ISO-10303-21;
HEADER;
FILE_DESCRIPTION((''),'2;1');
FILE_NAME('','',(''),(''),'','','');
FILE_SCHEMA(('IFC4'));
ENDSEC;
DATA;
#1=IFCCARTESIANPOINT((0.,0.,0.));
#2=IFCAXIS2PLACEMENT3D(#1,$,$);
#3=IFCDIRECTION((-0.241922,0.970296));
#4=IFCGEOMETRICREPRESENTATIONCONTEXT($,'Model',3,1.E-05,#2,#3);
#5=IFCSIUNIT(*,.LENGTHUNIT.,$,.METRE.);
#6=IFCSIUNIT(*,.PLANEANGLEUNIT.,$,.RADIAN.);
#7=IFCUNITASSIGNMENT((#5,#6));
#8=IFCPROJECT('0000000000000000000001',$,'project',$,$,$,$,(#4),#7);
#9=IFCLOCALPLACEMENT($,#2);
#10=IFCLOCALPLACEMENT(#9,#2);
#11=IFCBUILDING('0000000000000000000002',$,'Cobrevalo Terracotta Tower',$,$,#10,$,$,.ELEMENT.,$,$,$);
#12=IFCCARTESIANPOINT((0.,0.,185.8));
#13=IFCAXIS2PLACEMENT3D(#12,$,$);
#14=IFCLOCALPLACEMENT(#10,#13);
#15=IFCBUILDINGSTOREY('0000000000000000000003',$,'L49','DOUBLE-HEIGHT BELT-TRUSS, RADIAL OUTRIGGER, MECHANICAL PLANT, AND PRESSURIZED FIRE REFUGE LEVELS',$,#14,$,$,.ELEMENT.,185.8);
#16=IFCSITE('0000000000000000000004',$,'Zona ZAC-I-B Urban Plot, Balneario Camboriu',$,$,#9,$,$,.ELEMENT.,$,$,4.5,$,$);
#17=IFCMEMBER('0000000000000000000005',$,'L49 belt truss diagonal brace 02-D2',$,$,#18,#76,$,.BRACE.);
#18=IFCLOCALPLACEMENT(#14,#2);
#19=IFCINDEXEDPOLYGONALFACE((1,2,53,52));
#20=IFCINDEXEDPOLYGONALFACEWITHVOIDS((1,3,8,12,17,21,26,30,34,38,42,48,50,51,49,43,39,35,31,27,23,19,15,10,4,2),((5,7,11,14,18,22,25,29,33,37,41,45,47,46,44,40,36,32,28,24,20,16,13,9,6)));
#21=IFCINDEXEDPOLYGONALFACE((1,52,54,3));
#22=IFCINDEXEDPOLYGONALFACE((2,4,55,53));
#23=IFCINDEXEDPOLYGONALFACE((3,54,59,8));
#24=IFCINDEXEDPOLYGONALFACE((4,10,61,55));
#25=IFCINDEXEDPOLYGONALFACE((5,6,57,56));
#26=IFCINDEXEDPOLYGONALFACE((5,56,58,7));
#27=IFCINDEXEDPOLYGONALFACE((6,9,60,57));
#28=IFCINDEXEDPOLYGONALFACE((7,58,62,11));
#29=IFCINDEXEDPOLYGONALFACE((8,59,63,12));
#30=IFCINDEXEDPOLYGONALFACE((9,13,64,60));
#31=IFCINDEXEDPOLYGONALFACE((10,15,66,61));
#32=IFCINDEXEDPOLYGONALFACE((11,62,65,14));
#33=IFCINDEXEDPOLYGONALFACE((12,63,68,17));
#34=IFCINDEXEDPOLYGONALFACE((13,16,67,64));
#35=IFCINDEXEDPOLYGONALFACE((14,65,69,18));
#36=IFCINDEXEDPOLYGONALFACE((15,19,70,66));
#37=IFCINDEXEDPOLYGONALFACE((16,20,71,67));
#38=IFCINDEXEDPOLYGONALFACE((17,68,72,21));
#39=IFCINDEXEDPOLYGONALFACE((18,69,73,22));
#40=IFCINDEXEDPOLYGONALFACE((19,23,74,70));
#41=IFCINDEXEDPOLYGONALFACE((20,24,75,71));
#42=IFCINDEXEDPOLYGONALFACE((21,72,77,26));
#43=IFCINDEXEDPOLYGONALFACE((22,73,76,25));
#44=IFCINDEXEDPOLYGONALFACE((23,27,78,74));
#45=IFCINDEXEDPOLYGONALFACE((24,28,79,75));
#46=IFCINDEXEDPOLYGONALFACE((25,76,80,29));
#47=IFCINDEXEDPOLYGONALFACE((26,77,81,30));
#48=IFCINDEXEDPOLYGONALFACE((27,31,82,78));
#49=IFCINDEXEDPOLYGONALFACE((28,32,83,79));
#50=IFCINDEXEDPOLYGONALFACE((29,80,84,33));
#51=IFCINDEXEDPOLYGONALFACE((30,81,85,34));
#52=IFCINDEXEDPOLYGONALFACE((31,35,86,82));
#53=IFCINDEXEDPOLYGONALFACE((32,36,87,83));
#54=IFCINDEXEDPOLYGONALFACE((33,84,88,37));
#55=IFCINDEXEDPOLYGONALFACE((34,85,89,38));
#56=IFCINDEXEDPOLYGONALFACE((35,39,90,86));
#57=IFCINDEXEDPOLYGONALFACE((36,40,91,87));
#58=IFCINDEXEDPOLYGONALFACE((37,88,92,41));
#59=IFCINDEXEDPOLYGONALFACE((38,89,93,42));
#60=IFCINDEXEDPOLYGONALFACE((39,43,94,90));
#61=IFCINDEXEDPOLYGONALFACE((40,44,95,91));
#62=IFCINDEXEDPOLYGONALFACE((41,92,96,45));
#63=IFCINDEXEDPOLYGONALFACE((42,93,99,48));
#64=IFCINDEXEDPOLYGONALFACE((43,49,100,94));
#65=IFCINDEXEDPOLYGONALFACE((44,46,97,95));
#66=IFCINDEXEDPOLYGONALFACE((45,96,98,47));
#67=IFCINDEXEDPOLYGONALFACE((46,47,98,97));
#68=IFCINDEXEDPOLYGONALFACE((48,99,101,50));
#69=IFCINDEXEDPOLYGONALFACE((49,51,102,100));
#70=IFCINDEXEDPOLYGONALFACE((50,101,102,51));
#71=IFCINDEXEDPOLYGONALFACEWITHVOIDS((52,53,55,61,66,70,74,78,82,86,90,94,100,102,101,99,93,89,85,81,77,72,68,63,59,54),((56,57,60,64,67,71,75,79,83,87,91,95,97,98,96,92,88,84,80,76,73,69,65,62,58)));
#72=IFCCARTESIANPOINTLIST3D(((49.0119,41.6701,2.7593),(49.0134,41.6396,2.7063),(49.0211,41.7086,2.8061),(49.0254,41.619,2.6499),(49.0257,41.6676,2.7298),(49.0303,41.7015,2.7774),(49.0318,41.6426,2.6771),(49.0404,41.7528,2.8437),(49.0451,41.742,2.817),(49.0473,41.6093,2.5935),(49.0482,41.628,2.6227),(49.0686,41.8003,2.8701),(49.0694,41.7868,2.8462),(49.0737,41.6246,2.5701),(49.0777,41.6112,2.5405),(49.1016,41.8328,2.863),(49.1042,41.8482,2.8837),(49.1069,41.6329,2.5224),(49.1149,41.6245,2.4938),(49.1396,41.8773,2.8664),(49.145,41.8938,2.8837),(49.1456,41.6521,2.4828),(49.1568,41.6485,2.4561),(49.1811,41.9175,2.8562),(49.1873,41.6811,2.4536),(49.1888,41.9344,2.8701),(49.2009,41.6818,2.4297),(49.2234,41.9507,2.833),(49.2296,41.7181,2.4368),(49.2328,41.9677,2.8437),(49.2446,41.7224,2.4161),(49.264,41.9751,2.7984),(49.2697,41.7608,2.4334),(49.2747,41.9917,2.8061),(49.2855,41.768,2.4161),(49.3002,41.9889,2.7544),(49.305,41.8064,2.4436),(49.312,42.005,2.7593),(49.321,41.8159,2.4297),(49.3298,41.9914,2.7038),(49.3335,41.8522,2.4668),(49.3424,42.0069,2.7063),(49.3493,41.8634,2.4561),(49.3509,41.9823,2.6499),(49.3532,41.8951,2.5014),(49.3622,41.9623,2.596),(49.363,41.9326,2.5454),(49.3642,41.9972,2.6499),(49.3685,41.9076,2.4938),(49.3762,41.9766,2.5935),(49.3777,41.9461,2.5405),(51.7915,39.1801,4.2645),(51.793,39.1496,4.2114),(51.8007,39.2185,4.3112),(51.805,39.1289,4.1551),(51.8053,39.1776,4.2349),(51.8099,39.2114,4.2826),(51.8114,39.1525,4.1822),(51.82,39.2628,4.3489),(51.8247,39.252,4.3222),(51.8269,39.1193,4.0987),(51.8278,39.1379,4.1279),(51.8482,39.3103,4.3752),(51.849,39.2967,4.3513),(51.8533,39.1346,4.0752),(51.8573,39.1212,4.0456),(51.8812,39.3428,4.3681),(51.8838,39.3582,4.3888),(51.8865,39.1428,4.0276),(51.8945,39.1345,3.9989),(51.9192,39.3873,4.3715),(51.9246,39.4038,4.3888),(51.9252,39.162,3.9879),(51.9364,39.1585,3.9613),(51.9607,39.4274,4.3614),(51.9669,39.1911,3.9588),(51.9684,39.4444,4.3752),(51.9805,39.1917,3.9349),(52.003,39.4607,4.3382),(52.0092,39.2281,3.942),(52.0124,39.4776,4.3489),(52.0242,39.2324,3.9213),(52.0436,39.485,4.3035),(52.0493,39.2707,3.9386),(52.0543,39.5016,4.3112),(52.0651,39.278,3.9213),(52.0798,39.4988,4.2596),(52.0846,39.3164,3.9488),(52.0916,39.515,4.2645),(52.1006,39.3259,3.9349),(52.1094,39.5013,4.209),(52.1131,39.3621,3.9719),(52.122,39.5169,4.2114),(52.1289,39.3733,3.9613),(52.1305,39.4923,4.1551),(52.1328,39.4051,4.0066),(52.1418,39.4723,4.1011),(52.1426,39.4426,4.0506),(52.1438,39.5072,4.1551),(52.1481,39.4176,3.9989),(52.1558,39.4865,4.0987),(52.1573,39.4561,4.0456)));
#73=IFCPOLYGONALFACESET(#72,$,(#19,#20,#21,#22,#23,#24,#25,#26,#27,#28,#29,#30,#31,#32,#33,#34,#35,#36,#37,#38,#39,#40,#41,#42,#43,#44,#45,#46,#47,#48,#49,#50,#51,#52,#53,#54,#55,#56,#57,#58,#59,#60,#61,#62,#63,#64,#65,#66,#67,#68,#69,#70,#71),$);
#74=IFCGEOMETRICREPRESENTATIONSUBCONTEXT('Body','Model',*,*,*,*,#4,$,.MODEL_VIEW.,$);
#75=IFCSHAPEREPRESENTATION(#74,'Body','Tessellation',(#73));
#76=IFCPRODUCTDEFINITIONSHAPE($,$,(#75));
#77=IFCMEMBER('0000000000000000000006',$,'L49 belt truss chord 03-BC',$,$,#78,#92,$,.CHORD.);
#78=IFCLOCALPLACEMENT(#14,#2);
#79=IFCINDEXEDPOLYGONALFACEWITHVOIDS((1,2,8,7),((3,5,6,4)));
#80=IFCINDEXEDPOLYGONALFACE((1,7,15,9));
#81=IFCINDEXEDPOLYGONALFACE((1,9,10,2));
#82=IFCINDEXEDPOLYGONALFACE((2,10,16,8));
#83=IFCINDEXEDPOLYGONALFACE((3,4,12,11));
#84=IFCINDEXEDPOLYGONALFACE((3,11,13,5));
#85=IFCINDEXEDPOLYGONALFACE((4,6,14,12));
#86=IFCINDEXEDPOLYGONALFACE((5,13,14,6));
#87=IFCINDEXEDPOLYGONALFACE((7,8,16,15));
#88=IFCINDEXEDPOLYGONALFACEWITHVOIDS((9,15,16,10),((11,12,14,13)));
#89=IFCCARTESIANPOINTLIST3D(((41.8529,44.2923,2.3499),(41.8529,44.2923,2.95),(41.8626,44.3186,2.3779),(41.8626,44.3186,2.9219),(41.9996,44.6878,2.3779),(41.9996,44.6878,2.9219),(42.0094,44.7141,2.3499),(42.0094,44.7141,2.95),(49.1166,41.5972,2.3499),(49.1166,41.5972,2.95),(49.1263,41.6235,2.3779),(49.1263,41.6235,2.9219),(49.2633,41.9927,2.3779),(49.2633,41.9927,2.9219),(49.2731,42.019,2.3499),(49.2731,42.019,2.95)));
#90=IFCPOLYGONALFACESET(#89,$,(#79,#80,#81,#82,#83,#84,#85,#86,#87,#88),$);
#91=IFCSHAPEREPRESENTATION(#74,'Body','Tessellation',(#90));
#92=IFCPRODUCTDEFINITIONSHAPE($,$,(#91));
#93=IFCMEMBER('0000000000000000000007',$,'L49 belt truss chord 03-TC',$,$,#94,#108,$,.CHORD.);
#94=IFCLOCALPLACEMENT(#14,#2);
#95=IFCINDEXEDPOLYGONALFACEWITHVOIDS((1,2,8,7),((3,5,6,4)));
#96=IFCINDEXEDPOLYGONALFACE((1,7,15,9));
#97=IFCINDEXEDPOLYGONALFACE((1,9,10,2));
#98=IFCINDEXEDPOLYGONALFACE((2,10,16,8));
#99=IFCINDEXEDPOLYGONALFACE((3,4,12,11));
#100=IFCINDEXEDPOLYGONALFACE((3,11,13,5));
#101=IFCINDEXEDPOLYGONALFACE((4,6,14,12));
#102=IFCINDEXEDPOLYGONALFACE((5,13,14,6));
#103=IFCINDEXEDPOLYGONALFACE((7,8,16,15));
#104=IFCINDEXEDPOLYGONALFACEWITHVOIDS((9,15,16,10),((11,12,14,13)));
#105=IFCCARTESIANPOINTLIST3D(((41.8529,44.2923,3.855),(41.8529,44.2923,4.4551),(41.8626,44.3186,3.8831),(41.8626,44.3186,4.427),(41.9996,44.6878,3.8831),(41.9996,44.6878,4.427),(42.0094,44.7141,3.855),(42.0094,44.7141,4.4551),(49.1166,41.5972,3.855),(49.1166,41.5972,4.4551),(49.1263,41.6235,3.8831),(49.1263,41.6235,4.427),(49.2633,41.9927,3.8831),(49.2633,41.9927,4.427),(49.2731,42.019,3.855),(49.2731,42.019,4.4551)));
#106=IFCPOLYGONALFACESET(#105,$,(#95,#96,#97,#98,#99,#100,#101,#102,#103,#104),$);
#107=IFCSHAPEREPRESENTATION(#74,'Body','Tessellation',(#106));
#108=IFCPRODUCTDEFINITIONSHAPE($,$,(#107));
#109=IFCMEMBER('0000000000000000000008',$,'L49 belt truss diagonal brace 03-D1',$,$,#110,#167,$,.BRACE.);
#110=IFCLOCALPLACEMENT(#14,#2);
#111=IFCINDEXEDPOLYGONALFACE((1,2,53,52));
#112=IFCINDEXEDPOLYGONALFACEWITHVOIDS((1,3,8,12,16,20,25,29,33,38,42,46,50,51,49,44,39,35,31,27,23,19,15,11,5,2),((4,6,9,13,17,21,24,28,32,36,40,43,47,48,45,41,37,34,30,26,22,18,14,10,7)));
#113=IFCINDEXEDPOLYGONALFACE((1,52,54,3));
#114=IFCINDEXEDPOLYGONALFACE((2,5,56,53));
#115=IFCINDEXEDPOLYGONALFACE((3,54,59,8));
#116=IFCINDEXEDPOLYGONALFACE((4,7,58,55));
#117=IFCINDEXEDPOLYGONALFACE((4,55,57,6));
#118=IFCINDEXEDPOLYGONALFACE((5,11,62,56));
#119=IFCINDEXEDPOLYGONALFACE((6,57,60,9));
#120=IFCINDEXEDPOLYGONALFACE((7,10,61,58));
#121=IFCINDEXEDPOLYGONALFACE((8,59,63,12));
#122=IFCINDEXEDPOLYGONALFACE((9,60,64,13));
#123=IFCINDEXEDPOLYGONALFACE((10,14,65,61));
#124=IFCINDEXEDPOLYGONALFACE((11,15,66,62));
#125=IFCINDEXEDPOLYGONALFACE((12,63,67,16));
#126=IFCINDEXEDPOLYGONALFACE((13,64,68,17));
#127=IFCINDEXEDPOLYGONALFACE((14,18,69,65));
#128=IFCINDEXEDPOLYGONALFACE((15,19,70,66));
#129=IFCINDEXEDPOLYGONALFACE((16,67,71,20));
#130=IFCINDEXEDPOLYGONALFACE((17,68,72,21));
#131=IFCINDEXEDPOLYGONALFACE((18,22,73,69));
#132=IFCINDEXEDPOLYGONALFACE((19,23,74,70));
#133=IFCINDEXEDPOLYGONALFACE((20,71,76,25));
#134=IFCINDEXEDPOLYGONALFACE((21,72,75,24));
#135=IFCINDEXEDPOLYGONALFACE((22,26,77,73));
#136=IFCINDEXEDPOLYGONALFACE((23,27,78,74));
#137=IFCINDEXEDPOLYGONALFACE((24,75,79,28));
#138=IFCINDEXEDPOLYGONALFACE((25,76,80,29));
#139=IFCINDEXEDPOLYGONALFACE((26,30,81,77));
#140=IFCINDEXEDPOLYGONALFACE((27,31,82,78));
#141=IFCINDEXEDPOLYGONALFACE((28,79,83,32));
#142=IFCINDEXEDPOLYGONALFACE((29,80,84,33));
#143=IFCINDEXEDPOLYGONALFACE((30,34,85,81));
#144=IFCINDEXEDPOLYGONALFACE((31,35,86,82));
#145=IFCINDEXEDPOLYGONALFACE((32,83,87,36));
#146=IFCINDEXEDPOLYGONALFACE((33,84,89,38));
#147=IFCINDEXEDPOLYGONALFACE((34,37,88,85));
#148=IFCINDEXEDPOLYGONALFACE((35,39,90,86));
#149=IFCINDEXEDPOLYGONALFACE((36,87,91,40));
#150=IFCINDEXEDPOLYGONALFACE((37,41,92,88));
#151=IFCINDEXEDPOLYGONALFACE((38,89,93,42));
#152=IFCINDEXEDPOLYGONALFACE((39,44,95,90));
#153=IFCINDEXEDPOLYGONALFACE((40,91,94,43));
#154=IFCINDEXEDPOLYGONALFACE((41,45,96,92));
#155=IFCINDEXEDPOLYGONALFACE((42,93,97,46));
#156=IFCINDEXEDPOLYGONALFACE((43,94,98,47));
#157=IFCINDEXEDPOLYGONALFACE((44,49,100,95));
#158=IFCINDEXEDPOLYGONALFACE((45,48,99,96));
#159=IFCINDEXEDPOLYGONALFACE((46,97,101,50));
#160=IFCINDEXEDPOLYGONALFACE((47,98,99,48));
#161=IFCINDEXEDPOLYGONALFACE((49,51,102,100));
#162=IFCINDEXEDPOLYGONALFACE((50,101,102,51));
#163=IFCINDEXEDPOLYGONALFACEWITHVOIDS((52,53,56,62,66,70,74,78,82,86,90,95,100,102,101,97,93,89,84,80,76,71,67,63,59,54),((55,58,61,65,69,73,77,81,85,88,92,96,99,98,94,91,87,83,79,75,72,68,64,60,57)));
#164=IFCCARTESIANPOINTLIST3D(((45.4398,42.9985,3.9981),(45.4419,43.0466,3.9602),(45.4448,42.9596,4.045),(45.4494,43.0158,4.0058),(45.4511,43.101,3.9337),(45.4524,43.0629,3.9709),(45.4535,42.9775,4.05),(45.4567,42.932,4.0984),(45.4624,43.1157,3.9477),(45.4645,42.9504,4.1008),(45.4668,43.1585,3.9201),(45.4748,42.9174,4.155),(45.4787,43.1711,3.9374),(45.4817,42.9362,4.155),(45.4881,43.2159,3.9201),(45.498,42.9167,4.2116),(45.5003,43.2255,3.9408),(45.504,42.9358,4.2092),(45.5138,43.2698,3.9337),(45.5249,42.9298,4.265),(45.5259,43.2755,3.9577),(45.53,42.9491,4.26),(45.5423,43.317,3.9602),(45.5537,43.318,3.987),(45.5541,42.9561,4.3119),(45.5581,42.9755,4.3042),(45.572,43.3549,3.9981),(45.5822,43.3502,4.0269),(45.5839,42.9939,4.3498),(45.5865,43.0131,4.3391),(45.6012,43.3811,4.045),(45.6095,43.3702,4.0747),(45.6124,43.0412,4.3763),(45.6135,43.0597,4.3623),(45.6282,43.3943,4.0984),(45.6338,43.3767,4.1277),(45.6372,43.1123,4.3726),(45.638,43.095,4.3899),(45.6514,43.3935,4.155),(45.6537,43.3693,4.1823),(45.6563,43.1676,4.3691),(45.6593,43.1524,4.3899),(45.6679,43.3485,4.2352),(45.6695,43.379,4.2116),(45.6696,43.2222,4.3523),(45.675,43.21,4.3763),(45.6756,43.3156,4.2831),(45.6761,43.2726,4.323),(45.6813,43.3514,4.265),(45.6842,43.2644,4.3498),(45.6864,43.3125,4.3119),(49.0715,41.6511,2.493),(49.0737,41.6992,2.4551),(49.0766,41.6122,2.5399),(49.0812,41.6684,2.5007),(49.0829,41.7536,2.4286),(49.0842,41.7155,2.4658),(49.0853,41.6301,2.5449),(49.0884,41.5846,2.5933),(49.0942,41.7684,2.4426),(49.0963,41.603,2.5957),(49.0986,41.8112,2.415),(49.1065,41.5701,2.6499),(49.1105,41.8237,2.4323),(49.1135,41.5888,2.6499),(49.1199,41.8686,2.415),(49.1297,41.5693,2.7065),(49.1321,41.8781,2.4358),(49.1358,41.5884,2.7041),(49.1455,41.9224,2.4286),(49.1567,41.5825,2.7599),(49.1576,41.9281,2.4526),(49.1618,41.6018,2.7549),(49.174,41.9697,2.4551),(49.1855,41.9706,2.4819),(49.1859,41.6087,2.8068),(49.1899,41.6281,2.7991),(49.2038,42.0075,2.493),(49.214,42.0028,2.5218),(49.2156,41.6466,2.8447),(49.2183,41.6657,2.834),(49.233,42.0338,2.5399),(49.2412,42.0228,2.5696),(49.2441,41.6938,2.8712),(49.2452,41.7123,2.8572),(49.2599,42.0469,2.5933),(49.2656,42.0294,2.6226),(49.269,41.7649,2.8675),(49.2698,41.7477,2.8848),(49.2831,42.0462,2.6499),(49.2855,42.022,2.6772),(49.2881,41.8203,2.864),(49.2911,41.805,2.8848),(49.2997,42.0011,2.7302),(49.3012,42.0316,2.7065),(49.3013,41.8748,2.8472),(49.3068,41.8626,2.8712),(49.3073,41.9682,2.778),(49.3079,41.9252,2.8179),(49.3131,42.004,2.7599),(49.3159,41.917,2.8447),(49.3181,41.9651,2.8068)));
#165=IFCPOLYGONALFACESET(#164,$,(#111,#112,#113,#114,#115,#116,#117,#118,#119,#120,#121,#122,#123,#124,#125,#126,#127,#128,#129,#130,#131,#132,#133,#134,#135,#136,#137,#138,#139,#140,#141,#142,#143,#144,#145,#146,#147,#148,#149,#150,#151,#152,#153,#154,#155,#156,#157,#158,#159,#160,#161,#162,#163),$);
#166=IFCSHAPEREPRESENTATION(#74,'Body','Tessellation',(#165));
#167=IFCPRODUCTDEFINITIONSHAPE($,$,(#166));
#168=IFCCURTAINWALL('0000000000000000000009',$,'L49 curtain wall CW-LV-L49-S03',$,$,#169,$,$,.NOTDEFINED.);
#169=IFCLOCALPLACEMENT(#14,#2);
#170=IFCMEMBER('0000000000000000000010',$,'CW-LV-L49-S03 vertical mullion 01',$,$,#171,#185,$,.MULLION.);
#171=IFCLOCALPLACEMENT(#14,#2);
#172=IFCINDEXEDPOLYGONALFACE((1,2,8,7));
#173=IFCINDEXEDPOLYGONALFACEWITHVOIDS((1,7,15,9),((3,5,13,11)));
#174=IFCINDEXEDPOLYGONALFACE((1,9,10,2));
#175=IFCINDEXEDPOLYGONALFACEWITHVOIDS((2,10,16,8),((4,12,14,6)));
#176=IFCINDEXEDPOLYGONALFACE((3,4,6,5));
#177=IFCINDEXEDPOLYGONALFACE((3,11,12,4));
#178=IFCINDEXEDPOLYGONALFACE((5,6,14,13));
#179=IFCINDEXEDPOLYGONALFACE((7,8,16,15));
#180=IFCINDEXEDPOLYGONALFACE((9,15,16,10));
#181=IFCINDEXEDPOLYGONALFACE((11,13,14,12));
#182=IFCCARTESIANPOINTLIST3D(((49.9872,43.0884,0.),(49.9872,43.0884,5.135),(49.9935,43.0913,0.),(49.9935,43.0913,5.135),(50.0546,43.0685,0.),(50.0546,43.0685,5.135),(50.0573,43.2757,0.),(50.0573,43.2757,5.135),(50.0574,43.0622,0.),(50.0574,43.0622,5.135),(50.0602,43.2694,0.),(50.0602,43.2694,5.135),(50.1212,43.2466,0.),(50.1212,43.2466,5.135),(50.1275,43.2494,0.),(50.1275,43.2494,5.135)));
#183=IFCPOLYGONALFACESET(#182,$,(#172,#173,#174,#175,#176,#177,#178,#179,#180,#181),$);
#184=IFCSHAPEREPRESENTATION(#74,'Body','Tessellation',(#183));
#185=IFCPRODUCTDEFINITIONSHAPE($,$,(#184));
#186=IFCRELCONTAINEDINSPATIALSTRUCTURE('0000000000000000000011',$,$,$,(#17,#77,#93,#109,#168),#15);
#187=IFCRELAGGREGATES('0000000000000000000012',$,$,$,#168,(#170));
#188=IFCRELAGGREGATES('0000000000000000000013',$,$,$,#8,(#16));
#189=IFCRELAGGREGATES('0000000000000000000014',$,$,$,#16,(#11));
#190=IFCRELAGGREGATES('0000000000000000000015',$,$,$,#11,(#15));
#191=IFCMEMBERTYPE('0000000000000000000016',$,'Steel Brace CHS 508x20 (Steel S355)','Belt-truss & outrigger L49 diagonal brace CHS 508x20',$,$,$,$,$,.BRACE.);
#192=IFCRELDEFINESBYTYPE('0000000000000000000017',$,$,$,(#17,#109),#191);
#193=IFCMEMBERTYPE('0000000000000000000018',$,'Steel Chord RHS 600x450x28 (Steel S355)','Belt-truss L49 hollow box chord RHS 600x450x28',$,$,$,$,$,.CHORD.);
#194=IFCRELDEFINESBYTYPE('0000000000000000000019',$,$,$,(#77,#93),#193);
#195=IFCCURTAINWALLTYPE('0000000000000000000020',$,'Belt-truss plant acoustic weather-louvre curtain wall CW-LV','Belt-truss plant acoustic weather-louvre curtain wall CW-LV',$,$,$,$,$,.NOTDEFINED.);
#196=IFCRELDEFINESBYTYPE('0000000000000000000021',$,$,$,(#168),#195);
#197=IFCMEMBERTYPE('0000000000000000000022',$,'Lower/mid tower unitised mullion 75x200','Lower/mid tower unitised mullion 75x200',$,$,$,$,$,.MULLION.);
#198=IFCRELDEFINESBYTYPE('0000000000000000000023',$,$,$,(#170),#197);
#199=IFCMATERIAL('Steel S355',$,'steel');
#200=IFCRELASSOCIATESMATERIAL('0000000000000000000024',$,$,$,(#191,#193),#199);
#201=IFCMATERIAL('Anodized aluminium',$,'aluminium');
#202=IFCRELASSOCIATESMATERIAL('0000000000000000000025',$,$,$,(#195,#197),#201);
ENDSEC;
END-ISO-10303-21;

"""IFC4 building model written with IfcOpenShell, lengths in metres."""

from ifc_helpers import new_model, si_unit, direction, frame, origin, origin_2d, place, context, subcontext, project, spatial, hollow_rectangle, hollow_circle, extrude, source, transform, mapped, material, material_profile, profile_set, type_object, element, aggregate, save


model = new_model("IFC4")

# Units and contexts
model_context = context("Model", 3, precision=1e-05, world=origin(), true_north=direction((-0.241922, 0.970296)))
body_context = subcontext(model_context, "Body", "Model", "MODEL_VIEW")
ifc_project = project(units=[si_unit("LENGTHUNIT", "METRE"), si_unit("PLANEANGLEUNIT", "RADIAN")], contexts=[model_context])

# Site, building, storey
site_placement = place(None, origin())
site = spatial("IfcSite", under=ifc_project, at=site_placement, Name="Zona ZAC-I-B Urban Plot, Balneario Camboriu", CompositionType="ELEMENT", RefElevation=4.5)
building_placement = place(site_placement, origin())
building = spatial("IfcBuilding", under=site, at=building_placement, Name="Cobrevalo Terracotta Tower", CompositionType="ELEMENT")
storey_placement = place(building_placement, frame((0.0, 0.0, 185.8)))
storey = spatial("IfcBuildingStorey", under=building, at=storey_placement, Name="L49", Description="DOUBLE-HEIGHT BELT-TRUSS, RADIAL OUTRIGGER, MECHANICAL PLANT, AND PRESSURIZED FIRE REFUGE LEVELS", CompositionType="ELEMENT", Elevation=185.8)

# Shared definitions
ifc_material_1 = material(Name="Steel S355", Category="steel")

# Members
ifc_material_profile_1 = material_profile(ifc_material_1, hollow_circle(Radius=0.2539, WallThickness=0.02, at=origin_2d()), Name="CHS 508x20")
ifc_profile_set_1 = profile_set([ifc_material_profile_1], Name="Steel S355")
member_type_1 = type_object("IfcMemberType", Name="Steel Brace CHS 508x20 (Steel S355)", Description="Belt-truss & outrigger L49 diagonal brace CHS 508x20", PredefinedType="BRACE", material=ifc_profile_set_1)
shared_shape_1 = source(origin(), body_context, "Body", "SweptSolid", [
    extrude(hollow_circle(Radius=0.2539, WallThickness=0.02, at=origin_2d()), origin(), (0.0, 0.0, 1.0), 4.0239),
])
member_1_placement = place(storey_placement, frame((49.1948, 41.8081, 2.6499), z_axis=(0.690768, -0.618809, 0.374052), x_axis=(0.667246, 0.744837, 0.0)))
element("IfcMember", 1, at=member_1_placement, inside=storey, type_object=member_type_1, Name="L49 belt truss diagonal brace 02-D2", PredefinedType="BRACE", context=body_context, shape_type="MappedRepresentation", body=[
    mapped(shared_shape_1, transform((0.0, 0.0, 0.0), scale=1.0)),
])
ifc_material_profile_2 = material_profile(ifc_material_1, hollow_rectangle(XDim=0.45, YDim=0.6001, WallThickness=0.0281, at=origin_2d()), Name="RHS 600x450x28")
ifc_profile_set_2 = profile_set([ifc_material_profile_2], Name="Steel S355")
member_type_2 = type_object("IfcMemberType", Name="Steel Chord RHS 600x450x28 (Steel S355)", Description="Belt-truss L49 hollow box chord RHS 600x450x28", PredefinedType="CHORD", material=ifc_profile_set_2)
shared_shape_2 = source(origin(), body_context, "Body", "SweptSolid", [
    extrude(hollow_rectangle(XDim=0.45, YDim=0.6001, WallThickness=0.0281, at=origin_2d()), origin(), (0.0, 0.0, 1.0), 7.7476),
])
for number, where, z_axis, x_axis, name in (
    (2, (49.1948, 41.8081, 2.6499), (-0.937546, 0.347861, 0.0), (-0.347861, -0.937546, 0.0), "L49 belt truss chord 03-BC"),
    (3, (49.1948, 41.8081, 4.155), (-0.937546, 0.347861, 0.0), (-0.347861, -0.937546, 0.0), "L49 belt truss chord 03-TC"),
):
    element("IfcMember", number, at=place(storey_placement, frame(where, z_axis=z_axis, x_axis=x_axis)), inside=storey, type_object=member_type_2, Name=name, PredefinedType="CHORD", context=body_context, shape_type="MappedRepresentation", body=[
        mapped(shared_shape_2, transform((0.0, 0.0, 0.0), scale=1.0)),
    ])
shared_shape_3 = source(origin(), body_context, "Body", "SweptSolid", [
    extrude(hollow_circle(Radius=0.2539, WallThickness=0.02, at=origin_2d()), origin(), (0.0, 0.0, 1.0), 4.1558),
])
member_2_placement = place(storey_placement, frame((49.1948, 41.8081, 2.6499), z_axis=(-0.873908, 0.32422, 0.36217), x_axis=(-0.347834, -0.937556, 0.0)))
element("IfcMember", 4, at=member_2_placement, inside=storey, type_object=member_type_1, Name="L49 belt truss diagonal brace 03-D1", PredefinedType="BRACE", context=body_context, shape_type="MappedRepresentation", body=[
    mapped(shared_shape_3, transform((0.0, 0.0, 0.0), scale=1.0)),
])

# Curtain wall, member
ifc_material_2 = material(Name="Anodized aluminium", Category="aluminium")
curtain_wall_type = type_object("IfcCurtainWallType", Name="Belt-truss plant acoustic weather-louvre curtain wall CW-LV", Description="Belt-truss plant acoustic weather-louvre curtain wall CW-LV", PredefinedType="NOTDEFINED", material=ifc_material_2)
curtain_wall_placement = place(storey_placement, origin())
curtain_wall = element("IfcCurtainWall", 5, at=curtain_wall_placement, inside=storey, type_object=curtain_wall_type, Name="L49 curtain wall CW-LV-L49-S03", PredefinedType="NOTDEFINED")
ifc_material_profile_3 = material_profile(ifc_material_2, hollow_rectangle(XDim=0.075, YDim=0.2, WallThickness=0.0049, at=origin_2d()), Name="CWM 75x200")
ifc_profile_set_3 = profile_set([ifc_material_profile_3], Name="Anodized aluminium")
member_type_3 = type_object("IfcMemberType", Name="Lower/mid tower unitised mullion 75x200", Description="Lower/mid tower unitised mullion 75x200", PredefinedType="MULLION", material=ifc_profile_set_3)
shared_shape_4 = source(origin(), body_context, "Body", "SweptSolid", [
    extrude(hollow_rectangle(XDim=0.075, YDim=0.2, WallThickness=0.0049, at=origin_2d()), origin(), (0.0, 0.0, 1.0), 5.135),
])
member_3_placement = place(storey_placement, frame((50.0574, 43.1689, 0.0), z_axis=(0.0, 0.0, 1.0), x_axis=(-0.936556, 0.350518, 0.0)))
member_3 = element("IfcMember", 6, at=member_3_placement, type_object=member_type_3, Name="CW-LV-L49-S03 vertical mullion 01", PredefinedType="MULLION", context=body_context, shape_type="MappedRepresentation", body=[
    mapped(shared_shape_4, transform((0.0, 0.0, 0.0), scale=1.0)),
])
aggregate(curtain_wall, [member_3])

save(model, "model.ifc")
